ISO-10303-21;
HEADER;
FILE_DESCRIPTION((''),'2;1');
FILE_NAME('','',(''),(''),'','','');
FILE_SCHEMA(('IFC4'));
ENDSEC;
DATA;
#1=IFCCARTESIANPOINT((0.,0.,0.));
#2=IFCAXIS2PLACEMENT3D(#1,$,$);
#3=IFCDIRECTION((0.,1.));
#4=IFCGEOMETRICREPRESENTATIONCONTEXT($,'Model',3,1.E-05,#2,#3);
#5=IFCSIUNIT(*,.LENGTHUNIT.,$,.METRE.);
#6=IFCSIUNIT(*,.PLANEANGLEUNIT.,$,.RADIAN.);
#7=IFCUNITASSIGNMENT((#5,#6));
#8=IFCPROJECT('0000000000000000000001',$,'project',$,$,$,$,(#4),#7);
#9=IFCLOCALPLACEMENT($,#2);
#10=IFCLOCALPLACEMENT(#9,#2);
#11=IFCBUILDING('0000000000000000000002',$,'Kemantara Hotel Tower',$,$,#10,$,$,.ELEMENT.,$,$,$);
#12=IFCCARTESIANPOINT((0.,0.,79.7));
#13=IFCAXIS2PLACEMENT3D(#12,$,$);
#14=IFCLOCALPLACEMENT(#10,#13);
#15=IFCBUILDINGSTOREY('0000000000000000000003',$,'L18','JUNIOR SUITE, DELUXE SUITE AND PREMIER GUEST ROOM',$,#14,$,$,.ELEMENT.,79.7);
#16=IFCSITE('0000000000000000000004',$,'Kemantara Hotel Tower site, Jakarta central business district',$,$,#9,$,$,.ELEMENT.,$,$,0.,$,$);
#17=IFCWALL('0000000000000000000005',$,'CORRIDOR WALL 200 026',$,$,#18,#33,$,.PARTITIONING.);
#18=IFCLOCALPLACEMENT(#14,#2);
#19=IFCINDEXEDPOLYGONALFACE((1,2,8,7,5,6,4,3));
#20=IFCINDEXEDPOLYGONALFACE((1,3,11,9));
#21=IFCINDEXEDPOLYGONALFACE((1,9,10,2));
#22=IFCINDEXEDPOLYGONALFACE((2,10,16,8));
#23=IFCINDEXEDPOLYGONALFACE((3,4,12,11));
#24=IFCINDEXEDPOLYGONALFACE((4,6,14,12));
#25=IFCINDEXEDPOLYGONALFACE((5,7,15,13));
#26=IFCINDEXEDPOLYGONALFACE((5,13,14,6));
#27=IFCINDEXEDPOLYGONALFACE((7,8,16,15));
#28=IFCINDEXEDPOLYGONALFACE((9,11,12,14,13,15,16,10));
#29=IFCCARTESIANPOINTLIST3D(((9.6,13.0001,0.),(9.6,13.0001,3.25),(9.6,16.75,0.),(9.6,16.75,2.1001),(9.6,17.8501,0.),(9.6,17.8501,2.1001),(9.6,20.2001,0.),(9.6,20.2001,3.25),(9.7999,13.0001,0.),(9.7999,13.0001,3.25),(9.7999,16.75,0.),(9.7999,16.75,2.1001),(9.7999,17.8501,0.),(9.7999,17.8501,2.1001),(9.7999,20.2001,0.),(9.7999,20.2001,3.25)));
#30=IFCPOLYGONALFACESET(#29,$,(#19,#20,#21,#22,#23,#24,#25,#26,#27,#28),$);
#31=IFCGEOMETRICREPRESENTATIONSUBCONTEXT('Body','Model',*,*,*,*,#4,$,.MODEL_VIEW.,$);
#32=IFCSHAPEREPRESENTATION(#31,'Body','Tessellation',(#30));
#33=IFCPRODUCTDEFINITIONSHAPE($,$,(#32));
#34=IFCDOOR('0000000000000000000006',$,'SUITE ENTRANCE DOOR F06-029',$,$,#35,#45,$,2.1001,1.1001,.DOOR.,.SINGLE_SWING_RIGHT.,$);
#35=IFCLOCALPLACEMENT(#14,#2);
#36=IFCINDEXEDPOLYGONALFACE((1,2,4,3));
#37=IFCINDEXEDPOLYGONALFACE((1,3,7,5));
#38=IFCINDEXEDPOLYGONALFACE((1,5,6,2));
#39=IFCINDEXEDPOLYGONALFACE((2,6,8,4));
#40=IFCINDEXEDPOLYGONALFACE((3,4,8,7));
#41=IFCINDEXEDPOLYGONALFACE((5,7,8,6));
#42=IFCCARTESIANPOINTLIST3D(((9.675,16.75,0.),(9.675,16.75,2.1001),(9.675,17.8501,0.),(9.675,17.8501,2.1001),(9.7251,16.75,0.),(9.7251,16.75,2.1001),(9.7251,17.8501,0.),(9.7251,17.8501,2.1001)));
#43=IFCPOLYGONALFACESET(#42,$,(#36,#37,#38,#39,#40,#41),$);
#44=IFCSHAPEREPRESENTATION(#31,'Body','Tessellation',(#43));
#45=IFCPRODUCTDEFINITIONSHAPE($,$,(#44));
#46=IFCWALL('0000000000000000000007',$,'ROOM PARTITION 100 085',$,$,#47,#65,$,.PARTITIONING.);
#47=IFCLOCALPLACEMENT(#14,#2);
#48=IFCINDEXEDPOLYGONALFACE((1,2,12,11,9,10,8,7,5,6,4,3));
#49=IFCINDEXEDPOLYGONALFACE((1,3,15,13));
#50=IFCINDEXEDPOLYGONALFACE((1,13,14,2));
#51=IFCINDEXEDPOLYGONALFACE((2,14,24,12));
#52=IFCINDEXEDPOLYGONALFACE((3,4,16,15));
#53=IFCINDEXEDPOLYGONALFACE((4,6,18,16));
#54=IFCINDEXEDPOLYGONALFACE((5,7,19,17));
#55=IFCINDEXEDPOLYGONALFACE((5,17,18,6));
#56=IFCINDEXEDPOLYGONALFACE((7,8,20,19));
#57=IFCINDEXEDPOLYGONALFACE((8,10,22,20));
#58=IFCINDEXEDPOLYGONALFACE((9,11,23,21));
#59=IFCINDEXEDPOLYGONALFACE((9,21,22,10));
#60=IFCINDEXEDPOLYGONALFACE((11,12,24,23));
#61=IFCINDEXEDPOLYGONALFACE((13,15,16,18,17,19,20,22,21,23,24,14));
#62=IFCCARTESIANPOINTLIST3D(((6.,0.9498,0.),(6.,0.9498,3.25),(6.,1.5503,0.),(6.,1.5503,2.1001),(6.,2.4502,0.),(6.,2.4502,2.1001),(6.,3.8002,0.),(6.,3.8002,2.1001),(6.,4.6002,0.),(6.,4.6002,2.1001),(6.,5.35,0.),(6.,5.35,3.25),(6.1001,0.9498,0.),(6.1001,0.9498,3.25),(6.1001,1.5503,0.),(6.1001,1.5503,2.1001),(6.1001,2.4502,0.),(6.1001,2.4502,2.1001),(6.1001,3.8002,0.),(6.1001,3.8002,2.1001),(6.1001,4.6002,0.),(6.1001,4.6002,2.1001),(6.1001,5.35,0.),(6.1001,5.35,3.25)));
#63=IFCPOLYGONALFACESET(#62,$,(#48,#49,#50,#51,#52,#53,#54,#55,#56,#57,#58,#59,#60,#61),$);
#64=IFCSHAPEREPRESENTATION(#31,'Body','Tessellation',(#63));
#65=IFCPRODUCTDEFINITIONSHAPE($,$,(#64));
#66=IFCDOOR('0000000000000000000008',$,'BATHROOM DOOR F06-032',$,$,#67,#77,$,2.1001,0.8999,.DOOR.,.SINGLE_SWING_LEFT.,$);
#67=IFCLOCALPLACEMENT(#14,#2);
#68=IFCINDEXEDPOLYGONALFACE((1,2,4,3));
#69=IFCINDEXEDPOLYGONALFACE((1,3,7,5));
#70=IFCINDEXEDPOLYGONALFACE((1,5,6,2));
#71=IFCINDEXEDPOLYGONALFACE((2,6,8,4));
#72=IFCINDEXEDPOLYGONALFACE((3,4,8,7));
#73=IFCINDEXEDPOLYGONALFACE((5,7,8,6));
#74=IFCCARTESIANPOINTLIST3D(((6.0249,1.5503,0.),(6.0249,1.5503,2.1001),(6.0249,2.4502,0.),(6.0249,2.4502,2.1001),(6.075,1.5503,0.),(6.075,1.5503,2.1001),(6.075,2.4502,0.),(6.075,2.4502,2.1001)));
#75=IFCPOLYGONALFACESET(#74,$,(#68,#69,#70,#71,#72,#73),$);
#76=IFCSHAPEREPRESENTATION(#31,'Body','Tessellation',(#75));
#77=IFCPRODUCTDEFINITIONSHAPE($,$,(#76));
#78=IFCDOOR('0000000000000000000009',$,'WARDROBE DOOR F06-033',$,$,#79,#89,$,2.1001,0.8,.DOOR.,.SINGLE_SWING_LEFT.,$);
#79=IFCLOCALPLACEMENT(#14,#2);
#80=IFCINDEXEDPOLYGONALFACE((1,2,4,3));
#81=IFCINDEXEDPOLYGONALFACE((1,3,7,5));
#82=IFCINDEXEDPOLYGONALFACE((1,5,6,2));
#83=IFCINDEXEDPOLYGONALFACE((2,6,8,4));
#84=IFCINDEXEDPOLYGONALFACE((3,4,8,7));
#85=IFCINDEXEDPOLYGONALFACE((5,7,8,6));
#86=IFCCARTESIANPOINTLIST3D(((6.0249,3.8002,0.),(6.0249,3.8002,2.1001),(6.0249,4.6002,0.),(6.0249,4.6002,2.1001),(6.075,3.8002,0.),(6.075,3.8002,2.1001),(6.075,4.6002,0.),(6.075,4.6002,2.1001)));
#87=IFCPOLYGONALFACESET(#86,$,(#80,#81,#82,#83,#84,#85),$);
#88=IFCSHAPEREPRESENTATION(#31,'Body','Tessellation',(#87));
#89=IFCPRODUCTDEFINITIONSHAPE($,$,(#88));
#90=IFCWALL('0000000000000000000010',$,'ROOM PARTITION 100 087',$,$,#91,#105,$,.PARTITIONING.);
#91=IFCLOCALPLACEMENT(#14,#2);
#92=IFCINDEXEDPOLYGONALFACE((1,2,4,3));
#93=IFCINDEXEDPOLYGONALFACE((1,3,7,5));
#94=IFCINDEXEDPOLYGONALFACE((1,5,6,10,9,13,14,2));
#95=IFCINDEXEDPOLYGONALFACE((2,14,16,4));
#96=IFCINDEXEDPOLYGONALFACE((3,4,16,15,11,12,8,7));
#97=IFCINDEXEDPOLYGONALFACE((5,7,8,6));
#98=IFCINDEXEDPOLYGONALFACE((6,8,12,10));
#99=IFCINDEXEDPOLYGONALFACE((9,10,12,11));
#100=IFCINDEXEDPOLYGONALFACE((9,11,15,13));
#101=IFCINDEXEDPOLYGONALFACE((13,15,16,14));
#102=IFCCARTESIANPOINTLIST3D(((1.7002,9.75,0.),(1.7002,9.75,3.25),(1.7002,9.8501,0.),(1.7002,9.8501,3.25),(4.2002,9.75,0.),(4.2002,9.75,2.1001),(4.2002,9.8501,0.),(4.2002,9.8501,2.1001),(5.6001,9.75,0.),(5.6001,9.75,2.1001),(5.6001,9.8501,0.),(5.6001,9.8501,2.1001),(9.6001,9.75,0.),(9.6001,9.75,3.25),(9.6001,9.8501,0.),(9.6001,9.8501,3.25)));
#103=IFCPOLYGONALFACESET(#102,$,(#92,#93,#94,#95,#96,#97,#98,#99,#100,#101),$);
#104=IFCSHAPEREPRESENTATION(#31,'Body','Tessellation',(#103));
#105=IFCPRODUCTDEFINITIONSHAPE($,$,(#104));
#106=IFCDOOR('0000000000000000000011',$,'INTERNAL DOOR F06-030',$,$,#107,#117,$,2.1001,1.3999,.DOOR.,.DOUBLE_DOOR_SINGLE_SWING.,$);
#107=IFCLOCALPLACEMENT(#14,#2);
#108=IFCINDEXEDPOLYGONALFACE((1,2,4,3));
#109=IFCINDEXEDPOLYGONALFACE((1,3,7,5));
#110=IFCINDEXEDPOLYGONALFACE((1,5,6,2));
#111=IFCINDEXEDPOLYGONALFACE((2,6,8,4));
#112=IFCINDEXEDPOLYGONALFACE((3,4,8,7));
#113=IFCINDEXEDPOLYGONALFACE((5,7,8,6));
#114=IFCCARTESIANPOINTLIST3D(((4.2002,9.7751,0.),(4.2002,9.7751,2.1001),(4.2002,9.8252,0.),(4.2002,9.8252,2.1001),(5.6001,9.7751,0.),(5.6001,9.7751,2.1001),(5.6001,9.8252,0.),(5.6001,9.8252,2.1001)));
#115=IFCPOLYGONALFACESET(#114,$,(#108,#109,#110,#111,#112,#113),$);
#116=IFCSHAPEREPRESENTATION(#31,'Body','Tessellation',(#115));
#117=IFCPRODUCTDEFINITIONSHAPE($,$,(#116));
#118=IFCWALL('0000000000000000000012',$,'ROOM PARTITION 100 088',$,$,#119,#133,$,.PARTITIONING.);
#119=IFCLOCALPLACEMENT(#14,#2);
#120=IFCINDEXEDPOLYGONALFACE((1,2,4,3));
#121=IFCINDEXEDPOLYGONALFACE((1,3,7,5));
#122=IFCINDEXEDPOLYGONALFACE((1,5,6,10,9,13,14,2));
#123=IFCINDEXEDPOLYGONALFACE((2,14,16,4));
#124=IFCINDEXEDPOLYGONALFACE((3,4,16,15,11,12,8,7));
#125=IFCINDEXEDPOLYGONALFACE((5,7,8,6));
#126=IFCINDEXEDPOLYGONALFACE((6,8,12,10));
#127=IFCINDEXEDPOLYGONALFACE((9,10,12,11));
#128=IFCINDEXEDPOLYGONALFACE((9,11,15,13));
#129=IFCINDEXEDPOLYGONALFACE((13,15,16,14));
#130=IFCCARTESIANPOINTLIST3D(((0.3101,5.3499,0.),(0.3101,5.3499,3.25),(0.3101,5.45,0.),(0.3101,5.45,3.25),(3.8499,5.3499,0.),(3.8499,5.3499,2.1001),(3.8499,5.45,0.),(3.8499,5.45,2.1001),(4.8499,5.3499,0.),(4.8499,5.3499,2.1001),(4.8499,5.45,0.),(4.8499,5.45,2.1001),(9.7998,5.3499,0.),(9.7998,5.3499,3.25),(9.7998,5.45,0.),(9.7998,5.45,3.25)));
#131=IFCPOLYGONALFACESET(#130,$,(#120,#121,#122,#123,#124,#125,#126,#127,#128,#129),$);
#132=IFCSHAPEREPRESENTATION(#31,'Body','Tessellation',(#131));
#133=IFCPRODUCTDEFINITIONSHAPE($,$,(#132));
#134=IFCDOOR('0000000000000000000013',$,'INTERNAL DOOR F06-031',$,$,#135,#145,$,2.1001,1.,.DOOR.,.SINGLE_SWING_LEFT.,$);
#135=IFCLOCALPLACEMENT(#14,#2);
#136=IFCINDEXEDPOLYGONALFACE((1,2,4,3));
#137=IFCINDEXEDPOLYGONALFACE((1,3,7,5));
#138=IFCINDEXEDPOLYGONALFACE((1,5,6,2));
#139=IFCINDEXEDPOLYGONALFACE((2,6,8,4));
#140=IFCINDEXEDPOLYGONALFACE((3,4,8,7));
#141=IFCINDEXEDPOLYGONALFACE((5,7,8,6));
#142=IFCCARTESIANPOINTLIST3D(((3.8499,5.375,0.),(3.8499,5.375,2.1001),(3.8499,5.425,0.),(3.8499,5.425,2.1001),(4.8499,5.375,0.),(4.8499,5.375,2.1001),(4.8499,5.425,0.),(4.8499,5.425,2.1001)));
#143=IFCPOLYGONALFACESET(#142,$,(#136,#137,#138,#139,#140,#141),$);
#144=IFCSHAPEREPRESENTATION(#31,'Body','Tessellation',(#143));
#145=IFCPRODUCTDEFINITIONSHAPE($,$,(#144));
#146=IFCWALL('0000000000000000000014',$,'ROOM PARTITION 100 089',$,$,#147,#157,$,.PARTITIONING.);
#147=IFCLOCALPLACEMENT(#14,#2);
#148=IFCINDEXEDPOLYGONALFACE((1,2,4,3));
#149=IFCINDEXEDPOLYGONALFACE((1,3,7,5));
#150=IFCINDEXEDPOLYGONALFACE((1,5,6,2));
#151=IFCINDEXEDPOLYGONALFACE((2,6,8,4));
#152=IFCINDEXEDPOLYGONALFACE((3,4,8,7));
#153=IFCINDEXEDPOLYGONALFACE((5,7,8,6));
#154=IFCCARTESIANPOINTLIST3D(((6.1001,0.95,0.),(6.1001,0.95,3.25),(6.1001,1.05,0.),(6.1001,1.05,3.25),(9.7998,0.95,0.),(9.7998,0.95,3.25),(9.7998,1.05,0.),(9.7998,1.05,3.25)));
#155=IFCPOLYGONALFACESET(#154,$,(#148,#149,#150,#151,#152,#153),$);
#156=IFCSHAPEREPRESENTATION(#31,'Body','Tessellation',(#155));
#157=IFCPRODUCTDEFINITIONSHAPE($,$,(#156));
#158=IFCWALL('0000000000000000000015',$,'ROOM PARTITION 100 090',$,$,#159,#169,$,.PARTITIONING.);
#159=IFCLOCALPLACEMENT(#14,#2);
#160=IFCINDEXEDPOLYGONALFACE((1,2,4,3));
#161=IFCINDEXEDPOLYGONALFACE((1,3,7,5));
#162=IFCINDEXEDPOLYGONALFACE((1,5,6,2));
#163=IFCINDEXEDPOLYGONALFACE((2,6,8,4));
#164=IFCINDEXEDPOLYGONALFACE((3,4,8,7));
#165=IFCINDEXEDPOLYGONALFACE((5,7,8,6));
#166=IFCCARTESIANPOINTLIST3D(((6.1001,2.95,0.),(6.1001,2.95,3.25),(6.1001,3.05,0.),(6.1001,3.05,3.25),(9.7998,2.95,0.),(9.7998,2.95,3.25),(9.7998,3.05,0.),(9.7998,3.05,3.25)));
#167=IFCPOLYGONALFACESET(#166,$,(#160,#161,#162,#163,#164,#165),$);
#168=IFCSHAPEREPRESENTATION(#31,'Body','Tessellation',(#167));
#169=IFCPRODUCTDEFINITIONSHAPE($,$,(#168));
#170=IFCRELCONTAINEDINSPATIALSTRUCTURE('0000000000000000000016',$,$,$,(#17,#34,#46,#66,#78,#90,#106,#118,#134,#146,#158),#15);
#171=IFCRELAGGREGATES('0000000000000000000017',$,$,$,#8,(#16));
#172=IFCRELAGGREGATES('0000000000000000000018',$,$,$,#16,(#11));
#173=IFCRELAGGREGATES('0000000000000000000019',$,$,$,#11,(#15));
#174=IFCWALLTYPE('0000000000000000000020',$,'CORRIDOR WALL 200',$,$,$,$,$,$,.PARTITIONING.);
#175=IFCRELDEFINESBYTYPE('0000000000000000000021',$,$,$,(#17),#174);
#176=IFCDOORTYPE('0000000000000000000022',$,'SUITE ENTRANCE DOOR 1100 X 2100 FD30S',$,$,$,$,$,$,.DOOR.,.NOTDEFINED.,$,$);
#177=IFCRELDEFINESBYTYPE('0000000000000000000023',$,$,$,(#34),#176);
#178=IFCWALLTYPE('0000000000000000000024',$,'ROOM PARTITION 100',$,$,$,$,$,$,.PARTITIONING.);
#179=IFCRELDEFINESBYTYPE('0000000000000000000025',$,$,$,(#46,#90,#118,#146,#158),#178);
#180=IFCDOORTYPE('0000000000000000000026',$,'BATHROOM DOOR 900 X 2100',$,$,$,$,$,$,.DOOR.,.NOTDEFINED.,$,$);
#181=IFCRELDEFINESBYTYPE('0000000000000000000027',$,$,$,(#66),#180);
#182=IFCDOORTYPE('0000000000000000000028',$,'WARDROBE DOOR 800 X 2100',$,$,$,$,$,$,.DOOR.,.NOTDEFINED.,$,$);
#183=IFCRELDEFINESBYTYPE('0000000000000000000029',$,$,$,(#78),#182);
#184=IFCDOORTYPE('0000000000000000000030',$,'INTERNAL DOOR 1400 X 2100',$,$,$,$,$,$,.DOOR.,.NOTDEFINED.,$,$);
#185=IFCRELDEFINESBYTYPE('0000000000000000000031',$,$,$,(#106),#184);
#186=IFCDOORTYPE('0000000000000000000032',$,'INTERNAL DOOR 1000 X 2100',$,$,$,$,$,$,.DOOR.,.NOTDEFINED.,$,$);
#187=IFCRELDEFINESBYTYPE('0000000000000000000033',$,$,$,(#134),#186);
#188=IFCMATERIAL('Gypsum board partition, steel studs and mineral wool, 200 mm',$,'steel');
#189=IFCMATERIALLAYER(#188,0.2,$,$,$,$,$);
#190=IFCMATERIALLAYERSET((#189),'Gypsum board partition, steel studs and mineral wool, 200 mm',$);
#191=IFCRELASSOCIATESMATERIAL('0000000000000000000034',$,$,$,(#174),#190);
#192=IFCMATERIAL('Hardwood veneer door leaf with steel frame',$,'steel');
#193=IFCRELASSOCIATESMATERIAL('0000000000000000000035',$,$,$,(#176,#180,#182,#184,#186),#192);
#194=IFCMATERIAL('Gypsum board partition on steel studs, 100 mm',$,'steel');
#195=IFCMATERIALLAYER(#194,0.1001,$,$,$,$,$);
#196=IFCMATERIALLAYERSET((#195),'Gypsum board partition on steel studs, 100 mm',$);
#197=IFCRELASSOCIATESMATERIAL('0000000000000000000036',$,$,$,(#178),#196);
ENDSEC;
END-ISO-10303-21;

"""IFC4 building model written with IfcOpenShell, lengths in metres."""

from ifc_helpers import new_model, si_unit, direction, frame, frame_2d, origin, place, context, subcontext, project, spatial, rectangle, extrude, material, layer, layer_set, type_object, element, fill, save


model = new_model("IFC4")

# Units and contexts
model_context = context("Model", 3, precision=1e-05, world=origin(), true_north=direction((0.0, 1.0)))
body_context = subcontext(model_context, "Body", "Model", "MODEL_VIEW")
ifc_project = project(units=[si_unit("LENGTHUNIT", "METRE"), si_unit("PLANEANGLEUNIT", "RADIAN")], contexts=[model_context])

# Site, building, storey
site_placement = place(None, origin())
site = spatial("IfcSite", under=ifc_project, at=site_placement, Name="Kemantara Hotel Tower site, Jakarta central business district", CompositionType="ELEMENT", RefElevation=0.0)
building_placement = place(site_placement, origin())
building = spatial("IfcBuilding", under=site, at=building_placement, Name="Kemantara Hotel Tower", CompositionType="ELEMENT")
storey_placement = place(building_placement, frame((0.0, 0.0, 79.7)))
storey = spatial("IfcBuildingStorey", under=building, at=storey_placement, Name="L18", Description="JUNIOR SUITE, DELUXE SUITE AND PREMIER GUEST ROOM", CompositionType="ELEMENT", Elevation=79.7)

# Shared definitions
ifc_material_1 = material(Name="Gypsum board partition, steel studs and mineral wool, 200 mm", Category="steel")
ifc_layer_1 = layer(ifc_material_1, 0.2)
ifc_layer_set_1 = layer_set([ifc_layer_1], Name="Gypsum board partition, steel studs and mineral wool, 200 mm")
wall_type_1 = type_object("IfcWallType", Name="CORRIDOR WALL 200", PredefinedType="PARTITIONING", material=ifc_layer_set_1)

# Wall, opening, door
wall_1_placement = place(storey_placement, frame((9.7, 13.0, 0.0), z_axis=(0.0, 0.0, 1.0), x_axis=(0.0, 1.0, 0.0)))
wall_1 = element("IfcWall", 1, at=wall_1_placement, inside=storey, type_object=wall_type_1, Name="CORRIDOR WALL 200 026", PredefinedType="PARTITIONING", context=body_context, shape_type="SweptSolid", body=[
    extrude(rectangle(XDim=7.2, YDim=0.2, at=frame_2d((3.6001, 0.0))), origin(), (0.0, 0.0, 1.0), 3.25),
])
opening_1_placement = place(wall_1_placement, frame((3.75, 0.0, 0.0)))
opening_1 = element("IfcOpeningElement", 2, at=opening_1_placement, cuts=wall_1, PredefinedType="OPENING", context=body_context, shape_type="SweptSolid", body=[
    extrude(rectangle(XDim=1.1001, YDim=2.1001, at=frame_2d((0.55, 1.05))), frame((0.0, 0.1099, 0.0), z_axis=(0.0, -1.0, 0.0), x_axis=(1.0, 0.0, 0.0)), (0.0, 0.0, 1.0), 0.22),
])
ifc_material_2 = material(Name="Hardwood veneer door leaf with steel frame", Category="steel")
door_type_1 = type_object("IfcDoorType", Name="SUITE ENTRANCE DOOR 1100 X 2100 FD30S", OperationType="NOTDEFINED", PredefinedType="DOOR", material=ifc_material_2)
door_1_placement = place(opening_1_placement, origin())
door_1 = element("IfcDoor", 3, at=door_1_placement, inside=storey, type_object=door_type_1, Name="SUITE ENTRANCE DOOR F06-029", OperationType="SINGLE_SWING_RIGHT", OverallHeight=2.1001, OverallWidth=1.1001, PredefinedType="DOOR", context=body_context, shape_type="SweptSolid", body=[
    extrude(rectangle(XDim=1.1001, YDim=2.1001, at=frame_2d((0.55, 1.05))), frame((0.0, 0.0249, 0.0), z_axis=(0.0, -1.0, 0.0), x_axis=(1.0, 0.0, 0.0)), (0.0, 0.0, 1.0), 0.05),
])
fill(opening_1, door_1)

# Wall, openings, doors
ifc_material_3 = material(Name="Gypsum board partition on steel studs, 100 mm", Category="steel")
ifc_layer_2 = layer(ifc_material_3, 0.1001)
ifc_layer_set_2 = layer_set([ifc_layer_2], Name="Gypsum board partition on steel studs, 100 mm")
wall_type_2 = type_object("IfcWallType", Name="ROOM PARTITION 100", PredefinedType="PARTITIONING", material=ifc_layer_set_2)
wall_2_placement = place(storey_placement, frame((6.05, 5.3501, 0.0), z_axis=(0.0, 0.0, 1.0), x_axis=(0.0, -1.0, 0.0)))
wall_2 = element("IfcWall", 4, at=wall_2_placement, inside=storey, type_object=wall_type_2, Name="ROOM PARTITION 100 085", PredefinedType="PARTITIONING", context=body_context, shape_type="SweptSolid", body=[
    extrude(rectangle(XDim=4.4001, YDim=0.1001, at=frame_2d((2.2002, 0.0))), origin(), (0.0, 0.0, 1.0), 3.25),
])
opening_2_placement = place(wall_2_placement, frame((2.8999, 0.0, 0.0)))
opening_2 = element("IfcOpeningElement", 5, at=opening_2_placement, cuts=wall_2, PredefinedType="OPENING", context=body_context, shape_type="SweptSolid", body=[
    extrude(rectangle(XDim=0.8999, YDim=2.1001, at=frame_2d((0.45, 1.05))), frame((0.0, 0.0601, 0.0), z_axis=(0.0, -1.0, 0.0), x_axis=(1.0, 0.0, 0.0)), (0.0, 0.0, 1.0), 0.1201),
])
opening_3_placement = place(wall_2_placement, frame((0.75, 0.0, 0.0)))
opening_3 = element("IfcOpeningElement", 6, at=opening_3_placement, cuts=wall_2, PredefinedType="OPENING", context=body_context, shape_type="SweptSolid", body=[
    extrude(rectangle(XDim=0.8, YDim=2.1001, at=frame_2d((0.3999, 1.05))), frame((0.0, 0.0601, 0.0), z_axis=(0.0, -1.0, 0.0), x_axis=(1.0, 0.0, 0.0)), (0.0, 0.0, 1.0), 0.1201),
])
door_type_2 = type_object("IfcDoorType", Name="BATHROOM DOOR 900 X 2100", OperationType="NOTDEFINED", PredefinedType="DOOR", material=ifc_material_2)
door_2_placement = place(opening_2_placement, origin())
door_2 = element("IfcDoor", 7, at=door_2_placement, inside=storey, type_object=door_type_2, Name="BATHROOM DOOR F06-032", OperationType="SINGLE_SWING_LEFT", OverallHeight=2.1001, OverallWidth=0.8999, PredefinedType="DOOR", context=body_context, shape_type="SweptSolid", body=[
    extrude(rectangle(XDim=0.8999, YDim=2.1001, at=frame_2d((0.45, 1.05))), frame((0.0, 0.0249, 0.0), z_axis=(0.0, -1.0, 0.0), x_axis=(1.0, 0.0, 0.0)), (0.0, 0.0, 1.0), 0.05),
])
fill(opening_2, door_2)
door_type_3 = type_object("IfcDoorType", Name="WARDROBE DOOR 800 X 2100", OperationType="NOTDEFINED", PredefinedType="DOOR", material=ifc_material_2)
door_3_placement = place(opening_3_placement, origin())
door_3 = element("IfcDoor", 8, at=door_3_placement, inside=storey, type_object=door_type_3, Name="WARDROBE DOOR F06-033", OperationType="SINGLE_SWING_LEFT", OverallHeight=2.1001, OverallWidth=0.8, PredefinedType="DOOR", context=body_context, shape_type="SweptSolid", body=[
    extrude(rectangle(XDim=0.8, YDim=2.1001, at=frame_2d((0.3999, 1.05))), frame((0.0, 0.0249, 0.0), z_axis=(0.0, -1.0, 0.0), x_axis=(1.0, 0.0, 0.0)), (0.0, 0.0, 1.0), 0.05),
])
fill(opening_3, door_3)

# Walls, openings, doors
wall_3_placement = place(storey_placement, frame((9.6001, 9.8, 0.0), z_axis=(0.0, 0.0, 1.0), x_axis=(-1.0, 0.0, 0.0)))
wall_3 = element("IfcWall", 9, at=wall_3_placement, inside=storey, type_object=wall_type_2, Name="ROOM PARTITION 100 087", PredefinedType="PARTITIONING", context=body_context, shape_type="SweptSolid", body=[
    extrude(rectangle(XDim=7.8999, YDim=0.1001, at=frame_2d((3.95, 0.0))), origin(), (0.0, 0.0, 1.0), 3.25),
])
opening_4_placement = place(wall_3_placement, frame((4.0, 0.0, 0.0)))
opening_4 = element("IfcOpeningElement", 10, at=opening_4_placement, cuts=wall_3, PredefinedType="OPENING", context=body_context, shape_type="SweptSolid", body=[
    extrude(rectangle(XDim=1.3999, YDim=2.1001, at=frame_2d((0.7, 1.05))), frame((0.0, 0.0601, 0.0), z_axis=(0.0, -1.0, 0.0), x_axis=(1.0, 0.0, 0.0)), (0.0, 0.0, 1.0), 0.1201),
])
door_type_4 = type_object("IfcDoorType", Name="INTERNAL DOOR 1400 X 2100", OperationType="NOTDEFINED", PredefinedType="DOOR", material=ifc_material_2)
door_4_placement = place(opening_4_placement, origin())
door_4 = element("IfcDoor", 11, at=door_4_placement, inside=storey, type_object=door_type_4, Name="INTERNAL DOOR F06-030", OperationType="DOUBLE_DOOR_SINGLE_SWING", OverallHeight=2.1001, OverallWidth=1.3999, PredefinedType="DOOR", context=body_context, shape_type="SweptSolid", body=[
    extrude(rectangle(XDim=1.3999, YDim=2.1001, at=frame_2d((0.7, 1.05))), frame((0.0, 0.0249, 0.0), z_axis=(0.0, -1.0, 0.0), x_axis=(1.0, 0.0, 0.0)), (0.0, 0.0, 1.0), 0.05),
])
fill(opening_4, door_4)
wall_4_placement = place(storey_placement, frame((9.7998, 5.3999, 0.0), z_axis=(0.0, 0.0, 1.0), x_axis=(-1.0, 0.0, 0.0)))
wall_4 = element("IfcWall", 12, at=wall_4_placement, inside=storey, type_object=wall_type_2, Name="ROOM PARTITION 100 088", PredefinedType="PARTITIONING", context=body_context, shape_type="SweptSolid", body=[
    extrude(rectangle(XDim=9.4897, YDim=0.1001, at=frame_2d((4.7449, 0.0))), origin(), (0.0, 0.0, 1.0), 3.25),
])
opening_5_placement = place(wall_4_placement, frame((4.95, 0.0, 0.0)))
opening_5 = element("IfcOpeningElement", 13, at=opening_5_placement, cuts=wall_4, PredefinedType="OPENING", context=body_context, shape_type="SweptSolid", body=[
    extrude(rectangle(XDim=1.0, YDim=2.1001, at=frame_2d((0.5, 1.05))), frame((0.0, 0.0601, 0.0), z_axis=(0.0, -1.0, 0.0), x_axis=(1.0, 0.0, 0.0)), (0.0, 0.0, 1.0), 0.1201),
])
door_type_5 = type_object("IfcDoorType", Name="INTERNAL DOOR 1000 X 2100", OperationType="NOTDEFINED", PredefinedType="DOOR", material=ifc_material_2)
door_5_placement = place(opening_5_placement, origin())
door_5 = element("IfcDoor", 14, at=door_5_placement, inside=storey, type_object=door_type_5, Name="INTERNAL DOOR F06-031", OperationType="SINGLE_SWING_LEFT", OverallHeight=2.1001, OverallWidth=1.0, PredefinedType="DOOR", context=body_context, shape_type="SweptSolid", body=[
    extrude(rectangle(XDim=1.0, YDim=2.1001, at=frame_2d((0.5, 1.05))), frame((0.0, 0.0249, 0.0), z_axis=(0.0, -1.0, 0.0), x_axis=(1.0, 0.0, 0.0)), (0.0, 0.0, 1.0), 0.05),
])
fill(opening_5, door_5)

# Walls
for number, where, z_axis, x_axis, name in (
    (15, (6.1001, 1.0, 0.0), (0.0, 0.0, 1.0), (1.0, 0.0, 0.0), "ROOM PARTITION 100 089"),
    (16, (6.1001, 3.0, 0.0), (0.0, 0.0, 1.0), (1.0, 0.0, 0.0), "ROOM PARTITION 100 090"),
):
    element("IfcWall", number, at=place(storey_placement, frame(where, z_axis=z_axis, x_axis=x_axis)), inside=storey, type_object=wall_type_2, Name=name, PredefinedType="PARTITIONING", context=body_context, shape_type="SweptSolid", body=[
        extrude(rectangle(XDim=3.6997, YDim=0.1001, at=frame_2d((1.8499, 0.0))), origin(), (0.0, 0.0, 1.0), 3.25),
    ])

save(model, "model.ifc")
